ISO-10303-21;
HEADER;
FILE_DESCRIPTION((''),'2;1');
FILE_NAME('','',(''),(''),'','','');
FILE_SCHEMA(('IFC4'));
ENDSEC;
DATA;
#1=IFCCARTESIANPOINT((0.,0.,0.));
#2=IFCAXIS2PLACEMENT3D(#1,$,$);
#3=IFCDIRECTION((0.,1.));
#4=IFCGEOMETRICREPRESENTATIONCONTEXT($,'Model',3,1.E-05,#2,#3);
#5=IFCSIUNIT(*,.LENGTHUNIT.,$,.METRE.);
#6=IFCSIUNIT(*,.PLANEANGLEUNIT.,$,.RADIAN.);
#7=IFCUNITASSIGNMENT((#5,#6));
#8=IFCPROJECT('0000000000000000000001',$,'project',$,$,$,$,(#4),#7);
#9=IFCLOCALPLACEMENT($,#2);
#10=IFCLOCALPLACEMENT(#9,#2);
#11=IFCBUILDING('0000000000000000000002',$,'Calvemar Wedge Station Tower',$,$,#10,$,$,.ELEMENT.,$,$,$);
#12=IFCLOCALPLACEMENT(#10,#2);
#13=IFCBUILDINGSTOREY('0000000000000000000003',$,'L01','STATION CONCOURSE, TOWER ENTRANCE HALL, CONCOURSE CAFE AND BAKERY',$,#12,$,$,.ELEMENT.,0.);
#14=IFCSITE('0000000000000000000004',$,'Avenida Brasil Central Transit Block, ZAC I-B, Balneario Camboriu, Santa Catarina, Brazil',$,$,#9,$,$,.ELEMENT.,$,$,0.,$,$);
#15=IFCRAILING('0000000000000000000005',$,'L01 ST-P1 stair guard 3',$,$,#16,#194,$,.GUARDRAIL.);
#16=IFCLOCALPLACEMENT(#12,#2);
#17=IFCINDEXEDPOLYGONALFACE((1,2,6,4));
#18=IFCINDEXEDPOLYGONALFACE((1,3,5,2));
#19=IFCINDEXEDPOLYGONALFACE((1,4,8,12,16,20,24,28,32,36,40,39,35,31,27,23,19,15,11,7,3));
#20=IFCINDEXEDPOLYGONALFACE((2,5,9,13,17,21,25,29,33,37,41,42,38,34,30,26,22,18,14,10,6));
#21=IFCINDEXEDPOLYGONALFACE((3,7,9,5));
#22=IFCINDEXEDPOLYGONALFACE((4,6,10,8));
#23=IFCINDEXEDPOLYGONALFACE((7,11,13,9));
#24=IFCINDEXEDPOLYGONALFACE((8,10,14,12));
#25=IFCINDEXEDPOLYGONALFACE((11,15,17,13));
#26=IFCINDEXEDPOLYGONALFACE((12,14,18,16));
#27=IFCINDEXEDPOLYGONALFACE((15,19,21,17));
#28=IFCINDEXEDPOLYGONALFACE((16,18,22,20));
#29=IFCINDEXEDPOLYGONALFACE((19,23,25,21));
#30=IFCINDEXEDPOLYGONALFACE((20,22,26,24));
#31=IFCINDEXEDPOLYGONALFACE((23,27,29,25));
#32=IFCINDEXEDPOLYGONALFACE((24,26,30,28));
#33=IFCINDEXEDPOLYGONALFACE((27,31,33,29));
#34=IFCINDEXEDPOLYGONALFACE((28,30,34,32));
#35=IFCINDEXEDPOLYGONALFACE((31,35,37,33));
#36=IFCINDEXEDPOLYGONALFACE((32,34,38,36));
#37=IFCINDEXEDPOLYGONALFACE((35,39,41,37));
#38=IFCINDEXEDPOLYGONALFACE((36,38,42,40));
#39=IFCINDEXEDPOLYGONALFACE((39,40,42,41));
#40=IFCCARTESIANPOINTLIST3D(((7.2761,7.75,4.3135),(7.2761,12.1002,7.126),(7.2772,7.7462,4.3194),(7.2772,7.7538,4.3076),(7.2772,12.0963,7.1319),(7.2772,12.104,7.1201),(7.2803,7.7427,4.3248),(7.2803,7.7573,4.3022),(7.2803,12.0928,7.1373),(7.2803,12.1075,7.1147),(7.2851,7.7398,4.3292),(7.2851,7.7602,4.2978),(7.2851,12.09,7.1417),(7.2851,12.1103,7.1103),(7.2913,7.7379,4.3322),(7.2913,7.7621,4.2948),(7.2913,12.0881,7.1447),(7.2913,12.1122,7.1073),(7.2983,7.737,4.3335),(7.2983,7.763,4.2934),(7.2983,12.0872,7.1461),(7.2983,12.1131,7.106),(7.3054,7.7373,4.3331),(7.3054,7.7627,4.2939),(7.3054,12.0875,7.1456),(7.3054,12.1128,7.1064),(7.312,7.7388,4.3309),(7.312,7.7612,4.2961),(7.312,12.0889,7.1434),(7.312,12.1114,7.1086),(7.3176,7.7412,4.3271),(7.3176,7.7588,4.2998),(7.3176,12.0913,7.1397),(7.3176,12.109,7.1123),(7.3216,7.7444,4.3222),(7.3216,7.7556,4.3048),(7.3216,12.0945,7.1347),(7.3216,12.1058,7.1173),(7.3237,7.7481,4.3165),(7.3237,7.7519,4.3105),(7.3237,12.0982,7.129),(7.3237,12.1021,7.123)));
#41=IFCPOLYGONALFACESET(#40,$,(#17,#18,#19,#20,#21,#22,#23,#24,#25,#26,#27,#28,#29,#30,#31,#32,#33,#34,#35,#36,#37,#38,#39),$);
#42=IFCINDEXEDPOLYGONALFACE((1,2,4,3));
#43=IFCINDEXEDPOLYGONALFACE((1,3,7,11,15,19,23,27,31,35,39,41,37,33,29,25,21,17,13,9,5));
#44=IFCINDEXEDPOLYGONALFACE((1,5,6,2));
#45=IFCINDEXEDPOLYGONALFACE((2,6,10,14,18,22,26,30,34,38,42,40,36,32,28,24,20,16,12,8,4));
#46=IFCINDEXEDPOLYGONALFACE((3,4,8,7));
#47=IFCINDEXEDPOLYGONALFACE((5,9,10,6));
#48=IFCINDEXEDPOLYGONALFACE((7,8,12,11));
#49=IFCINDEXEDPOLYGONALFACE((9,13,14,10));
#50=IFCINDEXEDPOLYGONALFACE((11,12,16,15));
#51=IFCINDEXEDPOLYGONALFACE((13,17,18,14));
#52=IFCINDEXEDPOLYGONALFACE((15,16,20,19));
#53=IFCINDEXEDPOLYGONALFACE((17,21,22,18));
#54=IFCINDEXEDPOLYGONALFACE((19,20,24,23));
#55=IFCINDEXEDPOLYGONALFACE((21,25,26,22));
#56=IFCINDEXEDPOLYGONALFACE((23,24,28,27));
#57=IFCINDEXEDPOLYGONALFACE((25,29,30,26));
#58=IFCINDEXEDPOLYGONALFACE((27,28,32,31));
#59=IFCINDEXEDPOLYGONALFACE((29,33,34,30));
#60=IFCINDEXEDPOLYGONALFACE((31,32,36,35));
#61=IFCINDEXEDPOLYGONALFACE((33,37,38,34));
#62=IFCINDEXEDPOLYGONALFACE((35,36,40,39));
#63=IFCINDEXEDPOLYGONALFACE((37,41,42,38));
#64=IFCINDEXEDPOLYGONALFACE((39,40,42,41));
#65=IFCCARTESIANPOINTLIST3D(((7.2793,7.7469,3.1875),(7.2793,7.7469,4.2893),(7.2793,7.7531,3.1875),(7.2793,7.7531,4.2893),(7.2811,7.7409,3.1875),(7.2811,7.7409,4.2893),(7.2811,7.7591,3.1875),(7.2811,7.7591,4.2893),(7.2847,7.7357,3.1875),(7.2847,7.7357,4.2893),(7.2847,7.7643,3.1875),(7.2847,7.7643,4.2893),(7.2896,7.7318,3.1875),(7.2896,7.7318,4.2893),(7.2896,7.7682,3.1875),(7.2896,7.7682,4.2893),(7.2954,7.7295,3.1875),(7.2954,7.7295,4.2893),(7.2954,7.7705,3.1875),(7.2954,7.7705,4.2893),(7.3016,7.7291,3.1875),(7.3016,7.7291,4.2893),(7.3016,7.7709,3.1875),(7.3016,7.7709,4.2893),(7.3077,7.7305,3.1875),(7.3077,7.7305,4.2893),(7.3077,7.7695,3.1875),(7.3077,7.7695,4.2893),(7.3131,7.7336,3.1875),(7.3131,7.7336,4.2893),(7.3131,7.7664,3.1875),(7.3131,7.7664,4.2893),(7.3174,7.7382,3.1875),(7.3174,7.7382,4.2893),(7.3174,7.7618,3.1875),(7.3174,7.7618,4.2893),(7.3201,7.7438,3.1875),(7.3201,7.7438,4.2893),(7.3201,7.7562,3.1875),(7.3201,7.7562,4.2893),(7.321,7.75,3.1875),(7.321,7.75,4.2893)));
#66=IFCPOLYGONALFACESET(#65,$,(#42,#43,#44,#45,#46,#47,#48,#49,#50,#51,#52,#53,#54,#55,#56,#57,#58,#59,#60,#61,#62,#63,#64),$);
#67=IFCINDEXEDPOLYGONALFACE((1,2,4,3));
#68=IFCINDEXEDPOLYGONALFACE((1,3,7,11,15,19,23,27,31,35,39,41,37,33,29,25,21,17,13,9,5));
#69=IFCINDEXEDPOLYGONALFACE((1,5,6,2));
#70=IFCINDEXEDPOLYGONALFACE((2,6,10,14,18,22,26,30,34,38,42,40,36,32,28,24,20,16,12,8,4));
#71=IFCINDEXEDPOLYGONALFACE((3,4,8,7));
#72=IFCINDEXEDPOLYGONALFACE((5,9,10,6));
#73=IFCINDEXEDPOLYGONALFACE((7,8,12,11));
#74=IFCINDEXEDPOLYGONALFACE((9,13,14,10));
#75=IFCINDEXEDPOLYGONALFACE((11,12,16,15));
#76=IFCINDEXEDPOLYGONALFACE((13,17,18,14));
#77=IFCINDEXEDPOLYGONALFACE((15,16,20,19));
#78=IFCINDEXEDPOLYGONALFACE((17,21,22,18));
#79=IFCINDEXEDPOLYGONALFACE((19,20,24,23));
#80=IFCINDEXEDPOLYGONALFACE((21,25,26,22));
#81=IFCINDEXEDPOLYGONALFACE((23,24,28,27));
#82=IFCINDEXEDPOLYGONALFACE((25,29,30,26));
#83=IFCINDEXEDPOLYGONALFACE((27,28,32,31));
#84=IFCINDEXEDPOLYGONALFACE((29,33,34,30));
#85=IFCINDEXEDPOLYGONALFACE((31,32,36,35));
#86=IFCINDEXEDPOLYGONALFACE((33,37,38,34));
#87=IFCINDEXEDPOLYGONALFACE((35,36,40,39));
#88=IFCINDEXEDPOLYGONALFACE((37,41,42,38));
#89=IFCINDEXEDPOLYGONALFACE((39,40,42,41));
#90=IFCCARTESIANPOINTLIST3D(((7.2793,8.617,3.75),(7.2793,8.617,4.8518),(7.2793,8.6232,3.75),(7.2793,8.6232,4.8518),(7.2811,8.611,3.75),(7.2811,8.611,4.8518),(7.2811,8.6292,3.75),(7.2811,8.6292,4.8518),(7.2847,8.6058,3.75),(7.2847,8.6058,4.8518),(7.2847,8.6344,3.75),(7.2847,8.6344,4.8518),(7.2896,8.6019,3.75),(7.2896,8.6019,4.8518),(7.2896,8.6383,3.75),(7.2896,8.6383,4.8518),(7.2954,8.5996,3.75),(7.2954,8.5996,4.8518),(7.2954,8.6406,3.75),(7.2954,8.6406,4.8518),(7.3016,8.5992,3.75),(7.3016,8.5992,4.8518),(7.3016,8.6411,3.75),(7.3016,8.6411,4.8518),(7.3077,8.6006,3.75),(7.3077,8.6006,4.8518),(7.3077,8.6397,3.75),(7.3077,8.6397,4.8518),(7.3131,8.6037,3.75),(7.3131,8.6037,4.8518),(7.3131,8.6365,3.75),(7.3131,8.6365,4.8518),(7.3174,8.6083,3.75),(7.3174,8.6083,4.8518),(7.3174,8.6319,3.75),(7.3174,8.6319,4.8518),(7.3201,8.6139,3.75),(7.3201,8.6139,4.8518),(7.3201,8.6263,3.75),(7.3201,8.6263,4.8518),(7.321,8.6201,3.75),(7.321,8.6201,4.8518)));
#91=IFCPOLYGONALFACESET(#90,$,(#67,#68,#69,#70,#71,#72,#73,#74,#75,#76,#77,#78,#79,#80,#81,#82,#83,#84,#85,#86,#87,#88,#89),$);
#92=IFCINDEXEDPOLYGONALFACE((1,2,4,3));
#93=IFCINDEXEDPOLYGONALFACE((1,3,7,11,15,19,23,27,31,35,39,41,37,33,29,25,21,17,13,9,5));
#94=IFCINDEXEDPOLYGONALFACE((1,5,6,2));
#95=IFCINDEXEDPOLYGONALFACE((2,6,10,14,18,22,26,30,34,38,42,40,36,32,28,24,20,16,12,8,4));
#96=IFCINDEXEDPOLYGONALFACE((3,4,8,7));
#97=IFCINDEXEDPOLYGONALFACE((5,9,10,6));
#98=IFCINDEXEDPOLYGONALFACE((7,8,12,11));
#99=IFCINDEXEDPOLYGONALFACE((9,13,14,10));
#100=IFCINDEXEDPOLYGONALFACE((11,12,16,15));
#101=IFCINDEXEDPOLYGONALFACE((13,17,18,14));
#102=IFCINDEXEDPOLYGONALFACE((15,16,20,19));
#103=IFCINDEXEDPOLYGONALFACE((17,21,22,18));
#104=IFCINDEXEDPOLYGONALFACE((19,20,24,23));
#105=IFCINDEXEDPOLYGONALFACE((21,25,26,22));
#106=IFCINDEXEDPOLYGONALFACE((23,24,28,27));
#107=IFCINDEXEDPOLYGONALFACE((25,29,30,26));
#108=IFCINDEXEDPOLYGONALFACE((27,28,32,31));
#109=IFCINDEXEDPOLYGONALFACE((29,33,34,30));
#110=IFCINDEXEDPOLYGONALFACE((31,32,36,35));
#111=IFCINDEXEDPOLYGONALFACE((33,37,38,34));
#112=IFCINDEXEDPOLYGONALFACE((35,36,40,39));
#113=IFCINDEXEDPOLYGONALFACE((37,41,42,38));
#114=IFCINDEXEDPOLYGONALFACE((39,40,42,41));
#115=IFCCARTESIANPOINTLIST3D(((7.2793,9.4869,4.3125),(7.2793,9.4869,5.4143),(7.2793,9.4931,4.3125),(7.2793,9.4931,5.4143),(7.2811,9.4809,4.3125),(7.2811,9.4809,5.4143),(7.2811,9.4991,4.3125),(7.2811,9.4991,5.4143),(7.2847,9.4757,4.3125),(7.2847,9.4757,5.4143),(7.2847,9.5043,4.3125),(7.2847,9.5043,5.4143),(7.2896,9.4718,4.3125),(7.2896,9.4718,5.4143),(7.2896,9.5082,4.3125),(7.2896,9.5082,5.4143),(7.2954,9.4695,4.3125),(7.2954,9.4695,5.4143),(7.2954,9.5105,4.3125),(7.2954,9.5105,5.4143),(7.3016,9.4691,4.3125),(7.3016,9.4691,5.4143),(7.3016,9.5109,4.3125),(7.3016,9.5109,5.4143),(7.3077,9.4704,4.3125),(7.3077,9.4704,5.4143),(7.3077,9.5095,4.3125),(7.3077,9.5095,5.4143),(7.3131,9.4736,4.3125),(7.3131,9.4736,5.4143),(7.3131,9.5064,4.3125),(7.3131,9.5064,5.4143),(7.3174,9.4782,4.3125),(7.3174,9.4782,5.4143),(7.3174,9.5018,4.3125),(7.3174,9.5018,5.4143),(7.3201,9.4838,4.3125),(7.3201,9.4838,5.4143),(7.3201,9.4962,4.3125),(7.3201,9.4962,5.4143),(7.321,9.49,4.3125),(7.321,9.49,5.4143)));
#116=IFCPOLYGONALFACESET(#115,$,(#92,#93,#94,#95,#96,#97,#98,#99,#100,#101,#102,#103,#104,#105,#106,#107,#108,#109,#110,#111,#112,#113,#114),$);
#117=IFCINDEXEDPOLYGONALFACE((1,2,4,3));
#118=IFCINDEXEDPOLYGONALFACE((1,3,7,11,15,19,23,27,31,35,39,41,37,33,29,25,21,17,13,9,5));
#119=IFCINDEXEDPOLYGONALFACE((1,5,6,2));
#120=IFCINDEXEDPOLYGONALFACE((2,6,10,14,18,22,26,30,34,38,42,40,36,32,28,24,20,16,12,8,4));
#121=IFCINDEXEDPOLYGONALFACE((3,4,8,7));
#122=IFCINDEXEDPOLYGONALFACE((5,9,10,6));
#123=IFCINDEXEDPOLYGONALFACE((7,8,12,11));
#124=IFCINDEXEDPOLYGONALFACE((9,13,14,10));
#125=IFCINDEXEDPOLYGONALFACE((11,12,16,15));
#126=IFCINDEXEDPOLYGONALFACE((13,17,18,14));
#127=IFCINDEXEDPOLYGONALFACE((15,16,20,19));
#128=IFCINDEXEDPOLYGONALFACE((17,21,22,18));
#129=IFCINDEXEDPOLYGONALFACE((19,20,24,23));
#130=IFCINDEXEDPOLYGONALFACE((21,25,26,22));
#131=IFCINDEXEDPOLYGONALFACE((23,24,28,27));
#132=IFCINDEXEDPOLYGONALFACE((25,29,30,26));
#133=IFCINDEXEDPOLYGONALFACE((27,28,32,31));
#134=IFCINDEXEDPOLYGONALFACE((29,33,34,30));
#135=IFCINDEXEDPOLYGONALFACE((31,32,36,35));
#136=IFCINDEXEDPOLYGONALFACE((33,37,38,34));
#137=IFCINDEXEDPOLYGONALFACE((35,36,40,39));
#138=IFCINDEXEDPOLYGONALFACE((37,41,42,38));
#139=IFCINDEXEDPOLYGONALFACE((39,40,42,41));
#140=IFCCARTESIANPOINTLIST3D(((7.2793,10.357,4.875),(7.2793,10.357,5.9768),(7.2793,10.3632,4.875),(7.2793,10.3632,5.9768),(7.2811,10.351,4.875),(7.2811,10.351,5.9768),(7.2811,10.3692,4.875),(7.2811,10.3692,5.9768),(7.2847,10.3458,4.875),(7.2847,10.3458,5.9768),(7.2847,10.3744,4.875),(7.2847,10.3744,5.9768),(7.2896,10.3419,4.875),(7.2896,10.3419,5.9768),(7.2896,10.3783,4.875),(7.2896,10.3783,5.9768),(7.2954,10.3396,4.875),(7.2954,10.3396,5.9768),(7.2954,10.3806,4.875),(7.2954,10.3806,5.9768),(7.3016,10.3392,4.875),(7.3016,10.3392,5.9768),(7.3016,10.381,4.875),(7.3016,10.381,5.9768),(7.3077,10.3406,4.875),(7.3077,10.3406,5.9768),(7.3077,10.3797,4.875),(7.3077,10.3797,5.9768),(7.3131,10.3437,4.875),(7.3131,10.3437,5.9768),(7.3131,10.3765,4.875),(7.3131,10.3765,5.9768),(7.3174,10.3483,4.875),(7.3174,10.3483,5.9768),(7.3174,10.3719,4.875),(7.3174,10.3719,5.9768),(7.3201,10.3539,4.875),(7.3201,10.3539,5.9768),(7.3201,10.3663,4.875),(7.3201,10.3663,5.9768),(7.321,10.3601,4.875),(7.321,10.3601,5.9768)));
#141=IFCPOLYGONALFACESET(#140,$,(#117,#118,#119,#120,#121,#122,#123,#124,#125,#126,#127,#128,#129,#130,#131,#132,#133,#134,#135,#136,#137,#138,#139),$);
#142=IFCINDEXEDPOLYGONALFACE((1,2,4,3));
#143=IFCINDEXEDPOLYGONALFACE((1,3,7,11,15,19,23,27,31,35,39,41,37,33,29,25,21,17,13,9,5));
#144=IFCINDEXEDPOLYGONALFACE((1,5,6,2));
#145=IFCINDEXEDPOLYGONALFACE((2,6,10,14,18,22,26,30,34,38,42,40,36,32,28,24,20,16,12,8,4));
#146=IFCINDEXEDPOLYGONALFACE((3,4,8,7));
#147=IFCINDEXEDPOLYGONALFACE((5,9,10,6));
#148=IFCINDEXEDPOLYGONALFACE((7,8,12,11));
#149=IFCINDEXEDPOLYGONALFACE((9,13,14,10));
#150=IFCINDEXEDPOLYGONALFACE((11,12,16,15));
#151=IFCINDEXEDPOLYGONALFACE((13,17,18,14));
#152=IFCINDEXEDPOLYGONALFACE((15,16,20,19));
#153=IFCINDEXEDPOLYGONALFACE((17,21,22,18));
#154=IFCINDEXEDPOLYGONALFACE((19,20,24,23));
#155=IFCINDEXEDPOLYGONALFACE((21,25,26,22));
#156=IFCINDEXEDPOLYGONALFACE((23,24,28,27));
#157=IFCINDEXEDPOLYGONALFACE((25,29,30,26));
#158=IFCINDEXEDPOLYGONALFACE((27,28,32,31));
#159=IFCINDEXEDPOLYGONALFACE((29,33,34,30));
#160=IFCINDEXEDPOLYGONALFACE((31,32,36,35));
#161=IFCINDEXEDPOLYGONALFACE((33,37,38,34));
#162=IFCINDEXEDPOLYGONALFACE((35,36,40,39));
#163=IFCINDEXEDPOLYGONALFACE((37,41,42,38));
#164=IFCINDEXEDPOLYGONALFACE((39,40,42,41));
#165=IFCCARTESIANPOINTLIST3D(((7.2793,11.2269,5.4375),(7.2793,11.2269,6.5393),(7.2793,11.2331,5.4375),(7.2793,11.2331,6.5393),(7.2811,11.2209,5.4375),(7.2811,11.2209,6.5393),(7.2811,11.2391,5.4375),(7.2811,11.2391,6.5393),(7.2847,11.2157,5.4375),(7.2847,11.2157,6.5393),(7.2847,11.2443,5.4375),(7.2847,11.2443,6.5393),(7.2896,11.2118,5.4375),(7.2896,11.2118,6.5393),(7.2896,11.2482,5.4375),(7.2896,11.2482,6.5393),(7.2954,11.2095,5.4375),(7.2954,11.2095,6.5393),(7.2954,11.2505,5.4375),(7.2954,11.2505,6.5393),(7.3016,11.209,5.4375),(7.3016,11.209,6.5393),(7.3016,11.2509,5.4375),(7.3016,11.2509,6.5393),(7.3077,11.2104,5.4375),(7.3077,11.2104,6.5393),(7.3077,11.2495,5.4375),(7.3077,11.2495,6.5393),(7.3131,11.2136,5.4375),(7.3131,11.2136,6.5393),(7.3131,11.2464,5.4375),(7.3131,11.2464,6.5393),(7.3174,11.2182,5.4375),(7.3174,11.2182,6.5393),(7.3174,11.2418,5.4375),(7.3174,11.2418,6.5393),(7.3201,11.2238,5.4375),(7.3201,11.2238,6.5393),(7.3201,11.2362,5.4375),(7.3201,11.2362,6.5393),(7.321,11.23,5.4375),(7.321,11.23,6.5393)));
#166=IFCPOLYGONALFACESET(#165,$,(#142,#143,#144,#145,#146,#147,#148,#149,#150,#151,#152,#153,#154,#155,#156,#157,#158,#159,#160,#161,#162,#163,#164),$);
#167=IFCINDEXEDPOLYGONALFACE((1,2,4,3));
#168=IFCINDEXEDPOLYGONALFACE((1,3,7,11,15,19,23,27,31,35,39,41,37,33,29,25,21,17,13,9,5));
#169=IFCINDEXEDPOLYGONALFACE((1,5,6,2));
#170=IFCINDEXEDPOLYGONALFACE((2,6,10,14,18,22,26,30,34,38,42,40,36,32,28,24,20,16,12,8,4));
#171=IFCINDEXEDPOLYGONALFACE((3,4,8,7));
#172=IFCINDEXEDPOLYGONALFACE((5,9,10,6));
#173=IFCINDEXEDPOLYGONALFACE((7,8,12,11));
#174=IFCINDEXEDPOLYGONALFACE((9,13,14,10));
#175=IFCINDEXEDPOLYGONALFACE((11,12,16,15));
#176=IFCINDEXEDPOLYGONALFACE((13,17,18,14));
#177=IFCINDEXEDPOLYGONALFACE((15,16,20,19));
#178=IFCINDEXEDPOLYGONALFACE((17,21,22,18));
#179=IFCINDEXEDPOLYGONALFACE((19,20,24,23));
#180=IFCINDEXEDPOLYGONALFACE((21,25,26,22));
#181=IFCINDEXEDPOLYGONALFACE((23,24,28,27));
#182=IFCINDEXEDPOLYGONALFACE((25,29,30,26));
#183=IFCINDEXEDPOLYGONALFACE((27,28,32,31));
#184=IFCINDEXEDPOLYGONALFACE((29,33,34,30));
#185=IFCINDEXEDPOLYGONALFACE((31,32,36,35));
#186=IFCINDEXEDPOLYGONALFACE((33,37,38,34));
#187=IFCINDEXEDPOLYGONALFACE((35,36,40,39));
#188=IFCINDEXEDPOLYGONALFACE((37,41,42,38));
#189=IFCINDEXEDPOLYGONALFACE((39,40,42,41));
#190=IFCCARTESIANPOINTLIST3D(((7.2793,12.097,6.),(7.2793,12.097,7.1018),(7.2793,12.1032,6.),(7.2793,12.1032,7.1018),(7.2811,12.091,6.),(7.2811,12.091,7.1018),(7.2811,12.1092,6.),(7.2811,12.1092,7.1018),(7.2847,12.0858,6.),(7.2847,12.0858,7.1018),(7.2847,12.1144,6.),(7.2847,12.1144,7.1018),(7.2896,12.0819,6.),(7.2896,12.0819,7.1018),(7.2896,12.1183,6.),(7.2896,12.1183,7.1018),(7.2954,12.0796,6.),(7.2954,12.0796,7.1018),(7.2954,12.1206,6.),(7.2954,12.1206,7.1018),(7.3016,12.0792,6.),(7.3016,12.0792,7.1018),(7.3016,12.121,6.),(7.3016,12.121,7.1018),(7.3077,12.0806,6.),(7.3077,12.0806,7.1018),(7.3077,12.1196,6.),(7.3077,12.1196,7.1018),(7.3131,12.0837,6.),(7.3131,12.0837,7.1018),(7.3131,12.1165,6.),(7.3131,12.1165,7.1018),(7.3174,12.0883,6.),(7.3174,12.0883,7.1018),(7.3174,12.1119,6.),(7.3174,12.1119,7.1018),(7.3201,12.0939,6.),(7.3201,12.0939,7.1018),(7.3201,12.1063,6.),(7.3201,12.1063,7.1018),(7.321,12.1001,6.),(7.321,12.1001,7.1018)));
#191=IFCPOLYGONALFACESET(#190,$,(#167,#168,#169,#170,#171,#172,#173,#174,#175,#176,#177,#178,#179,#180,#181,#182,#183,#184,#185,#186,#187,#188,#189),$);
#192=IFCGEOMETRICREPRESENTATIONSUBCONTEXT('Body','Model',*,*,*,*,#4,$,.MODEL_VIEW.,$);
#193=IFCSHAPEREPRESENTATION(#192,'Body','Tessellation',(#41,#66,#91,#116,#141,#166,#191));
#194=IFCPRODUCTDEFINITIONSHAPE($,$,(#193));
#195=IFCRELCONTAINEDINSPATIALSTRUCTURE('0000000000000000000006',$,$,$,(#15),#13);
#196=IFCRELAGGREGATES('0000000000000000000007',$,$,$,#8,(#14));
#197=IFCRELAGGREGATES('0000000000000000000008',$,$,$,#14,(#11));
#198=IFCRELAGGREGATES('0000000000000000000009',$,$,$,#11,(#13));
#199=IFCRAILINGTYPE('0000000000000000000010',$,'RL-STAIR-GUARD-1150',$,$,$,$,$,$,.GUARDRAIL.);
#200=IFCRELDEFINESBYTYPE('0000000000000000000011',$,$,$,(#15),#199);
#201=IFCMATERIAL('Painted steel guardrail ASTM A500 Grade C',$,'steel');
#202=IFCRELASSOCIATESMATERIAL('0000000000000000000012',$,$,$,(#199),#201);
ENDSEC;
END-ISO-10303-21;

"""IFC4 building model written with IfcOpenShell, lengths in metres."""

from ifc_helpers import new_model, si_unit, direction, frame, origin, origin_2d, place, context, subcontext, project, spatial, circle, extrude, material, type_object, element, save


model = new_model("IFC4")

# Units and contexts
model_context = context("Model", 3, precision=1e-05, world=origin(), true_north=direction((0.0, 1.0)))
body_context = subcontext(model_context, "Body", "Model", "MODEL_VIEW")
ifc_project = project(units=[si_unit("LENGTHUNIT", "METRE"), si_unit("PLANEANGLEUNIT", "RADIAN")], contexts=[model_context])

# Site, building, storey
site_placement = place(None, origin())
site = spatial("IfcSite", under=ifc_project, at=site_placement, Name="Avenida Brasil Central Transit Block, ZAC I-B, Balneario Camboriu, Santa Catarina, Brazil", CompositionType="ELEMENT", RefElevation=0.0)
building_placement = place(site_placement, origin())
building = spatial("IfcBuilding", under=site, at=building_placement, Name="Calvemar Wedge Station Tower", CompositionType="ELEMENT")
storey_placement = place(building_placement, origin())
storey = spatial("IfcBuildingStorey", under=building, at=storey_placement, Name="L01", Description="STATION CONCOURSE, TOWER ENTRANCE HALL, CONCOURSE CAFE AND BAKERY", CompositionType="ELEMENT", Elevation=0.0)

# Railing
ifc_material_1 = material(Name="Painted steel guardrail ASTM A500 Grade C", Category="steel")
railing_type_1 = type_object("IfcRailingType", Name="RL-STAIR-GUARD-1150", PredefinedType="GUARDRAIL", material=ifc_material_1)
railing_1_placement = place(storey_placement, frame((7.3, 7.75, 3.1875)))
element("IfcRailing", 1, at=railing_1_placement, inside=storey, type_object=railing_type_1, Name="L01 ST-P1 stair guard 3", PredefinedType="GUARDRAIL", context=body_context, shape_type="SweptSolid", body=[
    extrude(circle(Radius=0.0239, at=origin_2d()), frame((0.0, 0.0, 1.126), z_axis=(0.0, 0.83977, 0.542942), x_axis=(-1.0, 0.0, 0.0)), (0.0, 0.0, 1.0), 5.1802),
    extrude(circle(Radius=0.021, at=origin_2d()), origin(), (0.0, 0.0, 1.0), 1.1018),
    extrude(circle(Radius=0.021, at=origin_2d()), frame((0.0, 0.8701, 0.5625)), (0.0, 0.0, 1.0), 1.1018),
    extrude(circle(Radius=0.021, at=origin_2d()), frame((0.0, 1.74, 1.125)), (0.0, 0.0, 1.0), 1.1018),
    extrude(circle(Radius=0.021, at=origin_2d()), frame((0.0, 2.6101, 1.6875)), (0.0, 0.0, 1.0), 1.1018),
    extrude(circle(Radius=0.021, at=origin_2d()), frame((0.0, 3.48, 2.25)), (0.0, 0.0, 1.0), 1.1018),
    extrude(circle(Radius=0.021, at=origin_2d()), frame((0.0, 4.3501, 2.8125)), (0.0, 0.0, 1.0), 1.1018),
])

save(model, "model.ifc")
